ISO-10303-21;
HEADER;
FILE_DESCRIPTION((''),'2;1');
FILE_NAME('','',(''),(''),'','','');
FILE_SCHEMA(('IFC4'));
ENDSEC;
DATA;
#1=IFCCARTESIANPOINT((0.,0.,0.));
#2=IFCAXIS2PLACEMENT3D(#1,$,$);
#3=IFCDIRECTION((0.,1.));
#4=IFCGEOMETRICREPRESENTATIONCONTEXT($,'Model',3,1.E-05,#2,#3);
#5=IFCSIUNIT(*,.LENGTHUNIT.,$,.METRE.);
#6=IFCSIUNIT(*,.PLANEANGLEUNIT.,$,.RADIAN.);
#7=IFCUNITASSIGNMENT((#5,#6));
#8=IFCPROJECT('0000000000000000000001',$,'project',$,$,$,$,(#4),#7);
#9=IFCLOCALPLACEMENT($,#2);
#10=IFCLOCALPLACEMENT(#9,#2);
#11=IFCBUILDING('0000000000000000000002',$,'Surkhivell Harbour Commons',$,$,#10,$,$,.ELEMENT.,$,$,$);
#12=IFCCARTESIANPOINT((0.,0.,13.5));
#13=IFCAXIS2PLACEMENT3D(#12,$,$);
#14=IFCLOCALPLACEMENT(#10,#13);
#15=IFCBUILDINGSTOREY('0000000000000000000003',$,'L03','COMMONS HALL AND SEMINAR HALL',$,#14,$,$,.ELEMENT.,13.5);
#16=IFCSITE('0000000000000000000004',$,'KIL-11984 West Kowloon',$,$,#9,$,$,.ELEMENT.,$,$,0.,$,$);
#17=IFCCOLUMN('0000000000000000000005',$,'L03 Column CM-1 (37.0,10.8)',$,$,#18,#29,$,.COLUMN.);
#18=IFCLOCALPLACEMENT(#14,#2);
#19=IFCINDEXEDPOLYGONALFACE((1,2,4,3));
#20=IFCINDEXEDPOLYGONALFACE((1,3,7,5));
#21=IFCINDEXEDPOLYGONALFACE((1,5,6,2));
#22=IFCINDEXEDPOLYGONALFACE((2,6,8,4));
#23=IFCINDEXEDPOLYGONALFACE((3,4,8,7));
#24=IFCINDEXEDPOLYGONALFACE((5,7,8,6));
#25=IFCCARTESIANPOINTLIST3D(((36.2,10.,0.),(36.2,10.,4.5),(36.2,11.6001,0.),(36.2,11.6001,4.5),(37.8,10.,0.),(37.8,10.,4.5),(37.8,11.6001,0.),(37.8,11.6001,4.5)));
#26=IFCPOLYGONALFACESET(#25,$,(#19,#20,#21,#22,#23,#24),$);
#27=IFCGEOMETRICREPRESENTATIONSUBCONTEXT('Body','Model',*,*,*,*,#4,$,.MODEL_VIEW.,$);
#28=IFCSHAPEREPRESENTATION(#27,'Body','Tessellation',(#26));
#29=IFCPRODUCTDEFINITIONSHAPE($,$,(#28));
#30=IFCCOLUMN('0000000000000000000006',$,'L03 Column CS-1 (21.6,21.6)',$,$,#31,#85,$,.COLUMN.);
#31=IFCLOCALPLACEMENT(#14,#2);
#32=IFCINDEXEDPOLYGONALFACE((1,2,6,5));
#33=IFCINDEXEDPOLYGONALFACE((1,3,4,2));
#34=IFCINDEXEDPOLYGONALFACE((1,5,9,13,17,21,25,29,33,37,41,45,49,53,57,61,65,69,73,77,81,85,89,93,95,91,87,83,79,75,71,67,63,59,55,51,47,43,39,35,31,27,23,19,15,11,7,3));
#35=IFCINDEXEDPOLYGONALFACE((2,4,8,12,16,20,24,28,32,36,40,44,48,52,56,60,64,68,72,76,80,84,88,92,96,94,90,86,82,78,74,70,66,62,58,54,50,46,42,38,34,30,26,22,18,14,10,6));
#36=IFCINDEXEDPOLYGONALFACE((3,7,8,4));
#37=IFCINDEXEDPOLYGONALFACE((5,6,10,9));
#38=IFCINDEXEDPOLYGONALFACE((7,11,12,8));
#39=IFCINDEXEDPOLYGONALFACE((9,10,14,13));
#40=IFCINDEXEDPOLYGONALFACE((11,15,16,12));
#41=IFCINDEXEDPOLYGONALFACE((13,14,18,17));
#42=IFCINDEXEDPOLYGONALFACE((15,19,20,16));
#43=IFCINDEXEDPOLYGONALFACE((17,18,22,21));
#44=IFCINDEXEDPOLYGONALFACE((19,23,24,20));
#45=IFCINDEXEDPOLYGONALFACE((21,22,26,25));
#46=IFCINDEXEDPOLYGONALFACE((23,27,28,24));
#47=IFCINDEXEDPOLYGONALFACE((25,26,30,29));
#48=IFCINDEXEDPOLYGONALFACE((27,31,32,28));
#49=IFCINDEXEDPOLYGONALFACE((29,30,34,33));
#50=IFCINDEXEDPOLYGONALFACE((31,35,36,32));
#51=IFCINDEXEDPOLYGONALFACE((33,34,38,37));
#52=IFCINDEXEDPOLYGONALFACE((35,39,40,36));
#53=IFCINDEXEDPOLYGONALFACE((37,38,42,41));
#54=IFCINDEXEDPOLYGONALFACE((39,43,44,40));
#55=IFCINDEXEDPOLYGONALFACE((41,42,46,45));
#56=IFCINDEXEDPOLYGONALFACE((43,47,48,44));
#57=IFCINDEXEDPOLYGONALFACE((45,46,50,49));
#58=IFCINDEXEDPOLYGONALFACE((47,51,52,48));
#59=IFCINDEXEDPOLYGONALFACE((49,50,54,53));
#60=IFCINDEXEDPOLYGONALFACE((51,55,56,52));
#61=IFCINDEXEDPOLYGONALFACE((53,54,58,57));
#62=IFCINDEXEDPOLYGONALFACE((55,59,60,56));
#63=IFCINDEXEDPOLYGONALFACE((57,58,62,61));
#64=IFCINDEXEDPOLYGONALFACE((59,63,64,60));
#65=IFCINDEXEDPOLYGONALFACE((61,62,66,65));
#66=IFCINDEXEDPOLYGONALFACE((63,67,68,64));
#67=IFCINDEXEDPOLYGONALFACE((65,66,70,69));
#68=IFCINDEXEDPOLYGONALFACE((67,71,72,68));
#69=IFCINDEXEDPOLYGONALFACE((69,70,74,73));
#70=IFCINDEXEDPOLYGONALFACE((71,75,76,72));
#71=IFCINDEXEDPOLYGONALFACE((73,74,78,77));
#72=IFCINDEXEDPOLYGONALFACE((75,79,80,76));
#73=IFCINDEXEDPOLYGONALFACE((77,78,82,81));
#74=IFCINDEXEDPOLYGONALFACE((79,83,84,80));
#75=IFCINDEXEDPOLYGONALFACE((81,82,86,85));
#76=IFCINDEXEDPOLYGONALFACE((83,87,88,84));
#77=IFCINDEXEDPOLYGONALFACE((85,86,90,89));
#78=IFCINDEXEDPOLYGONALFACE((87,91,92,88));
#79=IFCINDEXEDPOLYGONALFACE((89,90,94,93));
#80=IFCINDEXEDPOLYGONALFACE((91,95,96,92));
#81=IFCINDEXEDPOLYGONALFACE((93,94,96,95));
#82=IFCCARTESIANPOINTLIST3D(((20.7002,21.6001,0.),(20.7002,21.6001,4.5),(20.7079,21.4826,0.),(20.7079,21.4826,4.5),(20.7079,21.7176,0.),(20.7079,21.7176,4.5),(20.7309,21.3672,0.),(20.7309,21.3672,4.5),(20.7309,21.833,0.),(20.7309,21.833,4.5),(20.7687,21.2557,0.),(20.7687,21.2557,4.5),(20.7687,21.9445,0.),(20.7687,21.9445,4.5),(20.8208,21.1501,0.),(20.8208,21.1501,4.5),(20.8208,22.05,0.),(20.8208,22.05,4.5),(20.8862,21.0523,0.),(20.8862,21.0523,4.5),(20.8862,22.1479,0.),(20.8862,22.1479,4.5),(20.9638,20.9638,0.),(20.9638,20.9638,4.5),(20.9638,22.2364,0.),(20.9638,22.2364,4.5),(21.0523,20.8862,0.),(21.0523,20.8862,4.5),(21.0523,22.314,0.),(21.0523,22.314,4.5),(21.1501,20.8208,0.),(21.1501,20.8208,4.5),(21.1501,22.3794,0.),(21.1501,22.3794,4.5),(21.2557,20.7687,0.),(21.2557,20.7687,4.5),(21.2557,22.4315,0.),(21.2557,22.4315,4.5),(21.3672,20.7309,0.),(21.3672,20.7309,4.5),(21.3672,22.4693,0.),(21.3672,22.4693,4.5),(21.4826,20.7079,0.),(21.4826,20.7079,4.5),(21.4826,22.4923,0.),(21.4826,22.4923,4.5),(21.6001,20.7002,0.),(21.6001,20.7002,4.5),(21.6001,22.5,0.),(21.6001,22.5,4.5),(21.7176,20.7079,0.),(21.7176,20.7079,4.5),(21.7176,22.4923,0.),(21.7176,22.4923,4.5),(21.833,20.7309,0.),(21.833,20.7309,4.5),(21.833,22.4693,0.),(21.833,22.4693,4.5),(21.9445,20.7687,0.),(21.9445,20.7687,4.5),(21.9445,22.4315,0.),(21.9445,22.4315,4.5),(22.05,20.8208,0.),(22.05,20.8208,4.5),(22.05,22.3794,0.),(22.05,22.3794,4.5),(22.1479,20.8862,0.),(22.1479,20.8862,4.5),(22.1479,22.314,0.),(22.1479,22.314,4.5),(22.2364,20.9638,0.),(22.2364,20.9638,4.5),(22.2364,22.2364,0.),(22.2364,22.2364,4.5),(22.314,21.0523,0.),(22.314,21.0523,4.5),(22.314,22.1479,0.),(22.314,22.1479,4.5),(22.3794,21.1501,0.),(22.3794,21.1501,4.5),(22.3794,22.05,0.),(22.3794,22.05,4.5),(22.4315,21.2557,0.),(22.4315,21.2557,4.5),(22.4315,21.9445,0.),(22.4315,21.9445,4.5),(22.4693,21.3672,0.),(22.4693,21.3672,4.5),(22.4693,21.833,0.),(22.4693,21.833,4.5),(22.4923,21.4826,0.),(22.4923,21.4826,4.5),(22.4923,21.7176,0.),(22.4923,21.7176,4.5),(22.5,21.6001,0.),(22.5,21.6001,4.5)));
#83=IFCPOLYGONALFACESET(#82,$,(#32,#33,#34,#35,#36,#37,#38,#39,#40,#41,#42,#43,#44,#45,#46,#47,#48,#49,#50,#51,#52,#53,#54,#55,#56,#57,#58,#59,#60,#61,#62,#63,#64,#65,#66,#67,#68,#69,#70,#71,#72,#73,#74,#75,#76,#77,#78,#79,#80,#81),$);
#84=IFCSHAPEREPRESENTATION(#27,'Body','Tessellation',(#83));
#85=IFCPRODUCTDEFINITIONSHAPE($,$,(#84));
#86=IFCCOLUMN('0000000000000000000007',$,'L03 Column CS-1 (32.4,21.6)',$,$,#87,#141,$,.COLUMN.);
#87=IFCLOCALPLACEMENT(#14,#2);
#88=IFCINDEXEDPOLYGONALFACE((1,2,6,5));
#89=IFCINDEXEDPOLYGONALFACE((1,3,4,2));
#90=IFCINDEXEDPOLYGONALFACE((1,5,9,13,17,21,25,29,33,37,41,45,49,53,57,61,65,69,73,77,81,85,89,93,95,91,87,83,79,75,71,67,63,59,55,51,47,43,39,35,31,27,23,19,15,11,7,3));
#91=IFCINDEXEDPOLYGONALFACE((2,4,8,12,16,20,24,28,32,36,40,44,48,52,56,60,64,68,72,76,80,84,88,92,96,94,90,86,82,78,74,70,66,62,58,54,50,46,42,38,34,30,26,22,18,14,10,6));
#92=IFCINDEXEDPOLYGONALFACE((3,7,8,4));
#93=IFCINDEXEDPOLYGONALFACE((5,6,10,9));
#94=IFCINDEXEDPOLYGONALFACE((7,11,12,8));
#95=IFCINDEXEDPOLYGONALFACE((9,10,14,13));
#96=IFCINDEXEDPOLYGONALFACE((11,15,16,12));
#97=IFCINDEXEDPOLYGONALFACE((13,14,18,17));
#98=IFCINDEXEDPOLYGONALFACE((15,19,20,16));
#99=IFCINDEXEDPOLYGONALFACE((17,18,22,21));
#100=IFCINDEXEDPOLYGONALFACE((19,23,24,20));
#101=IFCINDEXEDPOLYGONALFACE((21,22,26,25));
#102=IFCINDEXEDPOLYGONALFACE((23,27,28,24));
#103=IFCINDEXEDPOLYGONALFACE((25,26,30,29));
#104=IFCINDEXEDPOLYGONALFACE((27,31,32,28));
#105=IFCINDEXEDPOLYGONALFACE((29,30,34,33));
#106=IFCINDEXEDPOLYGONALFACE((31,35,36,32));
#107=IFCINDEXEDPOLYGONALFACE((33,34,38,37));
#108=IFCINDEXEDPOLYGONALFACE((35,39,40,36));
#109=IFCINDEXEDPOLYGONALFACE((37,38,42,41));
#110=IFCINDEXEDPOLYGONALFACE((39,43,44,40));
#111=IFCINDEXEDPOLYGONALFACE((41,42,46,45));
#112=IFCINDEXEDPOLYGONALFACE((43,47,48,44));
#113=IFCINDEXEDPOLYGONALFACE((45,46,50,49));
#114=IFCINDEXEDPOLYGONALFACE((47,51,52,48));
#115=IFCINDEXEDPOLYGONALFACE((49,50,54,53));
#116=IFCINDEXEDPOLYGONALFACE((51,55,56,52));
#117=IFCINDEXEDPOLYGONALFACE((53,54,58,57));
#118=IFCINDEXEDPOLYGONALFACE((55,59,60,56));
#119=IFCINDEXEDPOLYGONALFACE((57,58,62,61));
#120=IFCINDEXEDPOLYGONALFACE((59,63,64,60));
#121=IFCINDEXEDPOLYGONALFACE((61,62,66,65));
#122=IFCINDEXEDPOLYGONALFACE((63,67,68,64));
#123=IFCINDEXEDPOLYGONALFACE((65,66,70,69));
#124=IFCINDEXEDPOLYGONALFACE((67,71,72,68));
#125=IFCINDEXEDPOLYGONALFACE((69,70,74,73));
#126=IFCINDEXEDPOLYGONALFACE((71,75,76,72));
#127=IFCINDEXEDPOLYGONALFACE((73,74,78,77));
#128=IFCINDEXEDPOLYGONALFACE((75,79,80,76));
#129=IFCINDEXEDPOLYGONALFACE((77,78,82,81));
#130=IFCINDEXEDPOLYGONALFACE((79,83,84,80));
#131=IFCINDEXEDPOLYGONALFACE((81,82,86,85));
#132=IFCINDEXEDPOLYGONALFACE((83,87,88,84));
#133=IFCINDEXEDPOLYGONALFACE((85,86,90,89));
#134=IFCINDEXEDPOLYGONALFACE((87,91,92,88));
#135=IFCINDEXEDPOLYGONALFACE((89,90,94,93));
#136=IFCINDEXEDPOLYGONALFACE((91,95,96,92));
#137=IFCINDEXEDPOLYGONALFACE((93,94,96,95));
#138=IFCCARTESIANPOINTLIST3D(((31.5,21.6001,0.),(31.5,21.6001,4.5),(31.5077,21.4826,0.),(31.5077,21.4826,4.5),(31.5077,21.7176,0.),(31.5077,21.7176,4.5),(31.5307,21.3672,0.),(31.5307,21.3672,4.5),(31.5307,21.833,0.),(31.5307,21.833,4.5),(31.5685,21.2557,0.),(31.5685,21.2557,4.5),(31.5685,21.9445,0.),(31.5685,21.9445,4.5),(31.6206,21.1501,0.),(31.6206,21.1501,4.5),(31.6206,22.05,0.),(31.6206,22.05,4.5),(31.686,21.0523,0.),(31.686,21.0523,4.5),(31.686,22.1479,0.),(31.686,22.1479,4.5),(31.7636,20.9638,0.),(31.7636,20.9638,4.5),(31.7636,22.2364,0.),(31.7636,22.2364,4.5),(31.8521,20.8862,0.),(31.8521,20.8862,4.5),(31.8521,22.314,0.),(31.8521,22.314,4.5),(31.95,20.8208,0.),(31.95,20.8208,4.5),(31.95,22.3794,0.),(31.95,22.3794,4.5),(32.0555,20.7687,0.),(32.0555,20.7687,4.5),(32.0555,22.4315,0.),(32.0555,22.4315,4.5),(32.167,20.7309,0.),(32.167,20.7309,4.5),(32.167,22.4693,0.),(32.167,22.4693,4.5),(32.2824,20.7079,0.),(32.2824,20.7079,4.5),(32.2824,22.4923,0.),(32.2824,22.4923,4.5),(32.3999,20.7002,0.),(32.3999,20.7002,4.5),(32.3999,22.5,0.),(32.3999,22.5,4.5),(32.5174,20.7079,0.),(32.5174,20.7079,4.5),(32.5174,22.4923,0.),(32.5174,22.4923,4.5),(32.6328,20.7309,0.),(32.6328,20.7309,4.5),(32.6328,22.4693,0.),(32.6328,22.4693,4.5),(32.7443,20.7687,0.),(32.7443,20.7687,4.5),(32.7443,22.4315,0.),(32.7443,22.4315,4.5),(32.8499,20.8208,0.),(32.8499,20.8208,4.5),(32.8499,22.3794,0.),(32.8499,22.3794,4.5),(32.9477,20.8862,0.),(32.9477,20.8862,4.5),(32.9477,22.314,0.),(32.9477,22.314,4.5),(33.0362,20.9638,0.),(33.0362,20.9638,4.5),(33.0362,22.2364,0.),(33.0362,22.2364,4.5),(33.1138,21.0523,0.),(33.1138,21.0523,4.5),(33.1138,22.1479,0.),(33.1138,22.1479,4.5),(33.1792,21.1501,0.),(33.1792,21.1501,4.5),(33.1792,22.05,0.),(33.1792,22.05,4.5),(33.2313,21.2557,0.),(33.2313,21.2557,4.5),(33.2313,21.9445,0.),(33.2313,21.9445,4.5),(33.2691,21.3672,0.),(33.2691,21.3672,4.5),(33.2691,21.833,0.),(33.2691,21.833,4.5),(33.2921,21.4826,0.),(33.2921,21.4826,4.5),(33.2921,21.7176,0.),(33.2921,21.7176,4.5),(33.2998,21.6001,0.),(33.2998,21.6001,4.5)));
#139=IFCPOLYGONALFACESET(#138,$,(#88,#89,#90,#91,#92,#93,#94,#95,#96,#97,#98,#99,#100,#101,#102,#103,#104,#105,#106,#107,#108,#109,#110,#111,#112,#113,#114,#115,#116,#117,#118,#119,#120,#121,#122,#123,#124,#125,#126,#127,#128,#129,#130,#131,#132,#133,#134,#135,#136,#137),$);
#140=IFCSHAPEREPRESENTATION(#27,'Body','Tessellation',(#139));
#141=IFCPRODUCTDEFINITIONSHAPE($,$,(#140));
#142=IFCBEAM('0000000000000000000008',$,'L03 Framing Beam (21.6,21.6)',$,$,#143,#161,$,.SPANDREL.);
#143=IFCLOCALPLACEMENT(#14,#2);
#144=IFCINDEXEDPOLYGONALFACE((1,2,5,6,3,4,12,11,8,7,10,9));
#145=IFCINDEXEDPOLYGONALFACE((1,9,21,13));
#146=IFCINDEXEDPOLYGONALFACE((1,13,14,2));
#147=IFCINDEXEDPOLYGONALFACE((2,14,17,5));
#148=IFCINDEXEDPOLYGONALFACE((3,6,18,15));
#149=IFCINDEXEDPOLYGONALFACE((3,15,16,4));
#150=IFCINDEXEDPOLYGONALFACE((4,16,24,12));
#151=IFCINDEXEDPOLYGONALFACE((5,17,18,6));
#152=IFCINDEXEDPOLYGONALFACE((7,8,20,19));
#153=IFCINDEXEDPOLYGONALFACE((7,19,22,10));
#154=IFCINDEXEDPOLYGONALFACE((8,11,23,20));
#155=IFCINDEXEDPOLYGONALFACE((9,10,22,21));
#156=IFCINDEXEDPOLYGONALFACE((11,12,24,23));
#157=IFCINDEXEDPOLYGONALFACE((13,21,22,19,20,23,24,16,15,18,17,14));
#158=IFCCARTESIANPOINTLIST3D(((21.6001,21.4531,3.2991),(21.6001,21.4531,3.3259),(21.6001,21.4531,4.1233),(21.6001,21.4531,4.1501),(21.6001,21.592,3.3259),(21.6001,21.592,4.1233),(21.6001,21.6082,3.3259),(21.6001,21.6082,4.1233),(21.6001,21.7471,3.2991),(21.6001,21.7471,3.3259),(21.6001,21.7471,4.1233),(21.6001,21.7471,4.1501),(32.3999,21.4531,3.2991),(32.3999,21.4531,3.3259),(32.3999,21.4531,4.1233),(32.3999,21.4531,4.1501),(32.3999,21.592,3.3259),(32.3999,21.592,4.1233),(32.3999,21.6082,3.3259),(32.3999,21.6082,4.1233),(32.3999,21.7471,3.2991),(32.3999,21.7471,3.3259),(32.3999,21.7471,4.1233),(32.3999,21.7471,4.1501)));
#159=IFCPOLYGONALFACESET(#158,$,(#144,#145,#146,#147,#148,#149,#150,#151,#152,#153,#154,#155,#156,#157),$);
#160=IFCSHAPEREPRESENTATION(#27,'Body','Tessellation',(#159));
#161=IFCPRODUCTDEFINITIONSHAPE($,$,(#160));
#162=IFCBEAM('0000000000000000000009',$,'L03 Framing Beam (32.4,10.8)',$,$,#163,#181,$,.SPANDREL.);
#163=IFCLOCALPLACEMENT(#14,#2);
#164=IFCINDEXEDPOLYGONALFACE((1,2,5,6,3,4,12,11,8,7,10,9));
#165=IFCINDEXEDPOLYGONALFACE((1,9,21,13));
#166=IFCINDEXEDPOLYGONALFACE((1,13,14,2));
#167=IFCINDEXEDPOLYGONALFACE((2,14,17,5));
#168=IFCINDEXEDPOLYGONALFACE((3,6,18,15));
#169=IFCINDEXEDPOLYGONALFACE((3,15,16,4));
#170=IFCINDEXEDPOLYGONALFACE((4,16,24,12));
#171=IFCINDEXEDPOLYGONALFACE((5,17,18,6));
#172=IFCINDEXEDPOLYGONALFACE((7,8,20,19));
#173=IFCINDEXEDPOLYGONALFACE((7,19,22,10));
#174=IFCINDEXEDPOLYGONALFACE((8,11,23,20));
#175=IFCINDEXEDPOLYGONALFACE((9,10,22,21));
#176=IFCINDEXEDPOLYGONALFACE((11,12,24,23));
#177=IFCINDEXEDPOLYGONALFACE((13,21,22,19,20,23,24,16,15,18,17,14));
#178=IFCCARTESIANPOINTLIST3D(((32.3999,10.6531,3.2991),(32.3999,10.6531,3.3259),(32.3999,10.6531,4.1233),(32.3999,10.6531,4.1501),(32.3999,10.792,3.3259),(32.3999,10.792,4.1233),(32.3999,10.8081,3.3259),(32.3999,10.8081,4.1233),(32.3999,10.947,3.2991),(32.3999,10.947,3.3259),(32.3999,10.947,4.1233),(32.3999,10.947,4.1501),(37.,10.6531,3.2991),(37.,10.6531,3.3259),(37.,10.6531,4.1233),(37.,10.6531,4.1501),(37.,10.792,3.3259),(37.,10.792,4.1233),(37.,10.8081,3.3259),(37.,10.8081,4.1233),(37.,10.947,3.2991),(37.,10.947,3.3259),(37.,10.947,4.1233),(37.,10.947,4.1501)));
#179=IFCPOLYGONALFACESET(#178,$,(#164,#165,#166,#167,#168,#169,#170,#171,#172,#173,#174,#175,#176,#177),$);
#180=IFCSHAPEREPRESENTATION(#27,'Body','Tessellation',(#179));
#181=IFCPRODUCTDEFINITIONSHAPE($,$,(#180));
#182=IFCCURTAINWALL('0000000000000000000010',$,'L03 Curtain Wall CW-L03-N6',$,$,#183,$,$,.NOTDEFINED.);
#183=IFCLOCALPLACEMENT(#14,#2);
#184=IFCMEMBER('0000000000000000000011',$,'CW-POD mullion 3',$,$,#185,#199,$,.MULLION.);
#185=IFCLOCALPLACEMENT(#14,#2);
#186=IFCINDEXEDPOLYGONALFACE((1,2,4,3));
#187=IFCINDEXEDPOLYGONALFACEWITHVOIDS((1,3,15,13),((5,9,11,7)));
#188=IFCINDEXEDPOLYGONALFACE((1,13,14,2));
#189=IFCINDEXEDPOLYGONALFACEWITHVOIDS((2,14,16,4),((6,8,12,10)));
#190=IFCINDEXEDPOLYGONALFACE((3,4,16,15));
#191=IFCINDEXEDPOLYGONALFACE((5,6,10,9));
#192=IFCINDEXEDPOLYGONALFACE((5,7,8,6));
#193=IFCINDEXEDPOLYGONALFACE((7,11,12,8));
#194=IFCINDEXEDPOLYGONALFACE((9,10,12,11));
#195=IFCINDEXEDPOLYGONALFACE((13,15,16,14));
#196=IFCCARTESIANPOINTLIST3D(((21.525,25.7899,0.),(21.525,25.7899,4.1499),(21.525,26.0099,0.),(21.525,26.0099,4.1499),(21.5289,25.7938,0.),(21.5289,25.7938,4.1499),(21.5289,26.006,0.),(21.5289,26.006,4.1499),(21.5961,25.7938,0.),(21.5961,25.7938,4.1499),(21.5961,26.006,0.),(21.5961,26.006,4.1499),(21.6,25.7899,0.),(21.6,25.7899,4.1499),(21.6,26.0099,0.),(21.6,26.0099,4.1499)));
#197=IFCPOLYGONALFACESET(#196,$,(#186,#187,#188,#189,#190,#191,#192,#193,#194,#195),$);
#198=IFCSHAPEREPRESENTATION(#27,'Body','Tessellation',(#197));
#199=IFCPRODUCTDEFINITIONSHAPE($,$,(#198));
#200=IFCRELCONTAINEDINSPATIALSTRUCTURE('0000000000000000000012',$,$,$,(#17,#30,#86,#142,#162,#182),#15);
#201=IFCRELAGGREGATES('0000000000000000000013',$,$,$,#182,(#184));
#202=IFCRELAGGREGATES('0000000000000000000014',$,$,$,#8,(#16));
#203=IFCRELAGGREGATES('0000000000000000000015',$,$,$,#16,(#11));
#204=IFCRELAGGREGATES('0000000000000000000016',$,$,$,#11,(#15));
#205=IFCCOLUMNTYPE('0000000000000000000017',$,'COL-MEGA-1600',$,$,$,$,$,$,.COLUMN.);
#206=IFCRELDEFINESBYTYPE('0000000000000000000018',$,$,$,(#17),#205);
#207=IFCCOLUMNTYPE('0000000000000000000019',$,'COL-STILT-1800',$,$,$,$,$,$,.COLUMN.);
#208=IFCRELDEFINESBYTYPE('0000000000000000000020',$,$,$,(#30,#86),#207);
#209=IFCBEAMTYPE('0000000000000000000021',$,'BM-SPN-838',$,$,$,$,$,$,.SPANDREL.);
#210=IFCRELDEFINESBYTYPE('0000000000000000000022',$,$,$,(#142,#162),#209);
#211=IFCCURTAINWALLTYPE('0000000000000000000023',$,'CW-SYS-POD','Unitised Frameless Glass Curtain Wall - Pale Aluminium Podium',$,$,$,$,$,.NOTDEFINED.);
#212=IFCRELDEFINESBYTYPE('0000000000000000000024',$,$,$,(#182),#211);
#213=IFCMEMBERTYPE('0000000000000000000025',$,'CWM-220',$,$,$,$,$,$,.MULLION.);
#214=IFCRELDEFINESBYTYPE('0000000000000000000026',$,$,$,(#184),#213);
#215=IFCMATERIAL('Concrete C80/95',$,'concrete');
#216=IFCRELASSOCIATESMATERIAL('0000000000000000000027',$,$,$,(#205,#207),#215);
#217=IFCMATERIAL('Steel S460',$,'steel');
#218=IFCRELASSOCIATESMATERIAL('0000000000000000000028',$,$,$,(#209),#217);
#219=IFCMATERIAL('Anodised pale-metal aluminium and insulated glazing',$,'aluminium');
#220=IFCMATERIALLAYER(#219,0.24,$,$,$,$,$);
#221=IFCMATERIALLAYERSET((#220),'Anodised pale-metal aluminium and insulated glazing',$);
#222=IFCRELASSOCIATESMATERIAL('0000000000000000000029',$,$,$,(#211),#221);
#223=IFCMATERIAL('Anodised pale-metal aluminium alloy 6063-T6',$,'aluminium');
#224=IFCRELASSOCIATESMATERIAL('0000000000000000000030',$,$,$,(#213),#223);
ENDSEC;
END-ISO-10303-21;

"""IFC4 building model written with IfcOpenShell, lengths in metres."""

from ifc_helpers import new_model, si_unit, direction, frame, origin, origin_2d, place, context, subcontext, project, spatial, rectangle, hollow_rectangle, circle, i_section, extrude, material, layer, layer_set, material_profile, profile_set, type_object, element, aggregate, save


model = new_model("IFC4")

# Units and contexts
model_context = context("Model", 3, precision=1e-05, world=origin(), true_north=direction((0.0, 1.0)))
body_context = subcontext(model_context, "Body", "Model", "MODEL_VIEW")
ifc_project = project(units=[si_unit("LENGTHUNIT", "METRE"), si_unit("PLANEANGLEUNIT", "RADIAN")], contexts=[model_context])

# Site, building, storey
site_placement = place(None, origin())
site = spatial("IfcSite", under=ifc_project, at=site_placement, Name="KIL-11984 West Kowloon", CompositionType="ELEMENT", RefElevation=0.0)
building_placement = place(site_placement, origin())
building = spatial("IfcBuilding", under=site, at=building_placement, Name="Surkhivell Harbour Commons", CompositionType="ELEMENT")
storey_placement = place(building_placement, frame((0.0, 0.0, 13.5)))
storey = spatial("IfcBuildingStorey", under=building, at=storey_placement, Name="L03", Description="COMMONS HALL AND SEMINAR HALL", CompositionType="ELEMENT", Elevation=13.5)

# Columns
ifc_material_1 = material(Name="Concrete C80/95", Category="concrete")
ifc_material_profile_1 = material_profile(ifc_material_1, rectangle(XDim=1.6001, YDim=1.6001, at=origin_2d()), Name="RC-COL-1600x1600")
ifc_profile_set_1 = profile_set([ifc_material_profile_1], Name="Concrete C80/95")
column_type_1 = type_object("IfcColumnType", Name="COL-MEGA-1600", PredefinedType="COLUMN", material=ifc_profile_set_1)
column_placement = place(storey_placement, frame((37.0, 10.8, 0.0), z_axis=(0.0, 0.0, 1.0), x_axis=(1.0, 0.0, 0.0)))
element("IfcColumn", 1, at=column_placement, inside=storey, type_object=column_type_1, Name="L03 Column CM-1 (37.0,10.8)", PredefinedType="COLUMN", context=body_context, shape_type="SweptSolid", body=[
    extrude(rectangle(XDim=1.6001, YDim=1.6001, at=origin_2d()), origin(), (0.0, 0.0, 1.0), 4.5),
])
ifc_material_profile_2 = material_profile(ifc_material_1, circle(Radius=0.8999, at=origin_2d()), Name="RC-CIRC-1800")
ifc_profile_set_2 = profile_set([ifc_material_profile_2], Name="Concrete C80/95")
column_type_2 = type_object("IfcColumnType", Name="COL-STILT-1800", PredefinedType="COLUMN", material=ifc_profile_set_2)
for number, where, z_axis, x_axis, name in (
    (2, (21.6001, 21.6001, 0.0), (0.0, 0.0, 1.0), (1.0, 0.0, 0.0), "L03 Column CS-1 (21.6,21.6)"),
    (3, (32.3999, 21.6001, 0.0), (0.0, 0.0, 1.0), (1.0, 0.0, 0.0), "L03 Column CS-1 (32.4,21.6)"),
):
    element("IfcColumn", number, at=place(storey_placement, frame(where, z_axis=z_axis, x_axis=x_axis)), inside=storey, type_object=column_type_2, Name=name, PredefinedType="COLUMN", context=body_context, shape_type="SweptSolid", body=[
        extrude(circle(Radius=0.8999, at=origin_2d()), origin(), (0.0, 0.0, 1.0), 4.5),
    ])

# Beams
ifc_material_2 = material(Name="Steel S460", Category="steel")
ifc_material_profile_3 = material_profile(ifc_material_2, i_section(OverallWidth=0.2939, OverallDepth=0.8511, WebThickness=0.0161, FlangeThickness=0.0269, at=origin_2d()), Name="UB838x292x226")
ifc_profile_set_3 = profile_set([ifc_material_profile_3], Name="Steel S460")
beam_type = type_object("IfcBeamType", Name="BM-SPN-838", PredefinedType="SPANDREL", material=ifc_profile_set_3)
beam_1_placement = place(storey_placement, frame((21.6001, 21.6001, 3.7246), z_axis=(1.0, 0.0, 0.0), x_axis=(0.0, 1.0, 0.0)))
element("IfcBeam", 4, at=beam_1_placement, inside=storey, type_object=beam_type, Name="L03 Framing Beam (21.6,21.6)", PredefinedType="SPANDREL", context=body_context, shape_type="SweptSolid", body=[
    extrude(i_section(OverallWidth=0.2939, OverallDepth=0.8511, WebThickness=0.0161, FlangeThickness=0.0269, at=origin_2d()), origin(), (0.0, 0.0, 1.0), 10.7998),
])
beam_2_placement = place(storey_placement, frame((32.3999, 10.8, 3.7246), z_axis=(1.0, 0.0, 0.0), x_axis=(0.0, 1.0, 0.0)))
element("IfcBeam", 5, at=beam_2_placement, inside=storey, type_object=beam_type, Name="L03 Framing Beam (32.4,10.8)", PredefinedType="SPANDREL", context=body_context, shape_type="SweptSolid", body=[
    extrude(i_section(OverallWidth=0.2939, OverallDepth=0.8511, WebThickness=0.0161, FlangeThickness=0.0269, at=origin_2d()), origin(), (0.0, 0.0, 1.0), 4.6001),
])

# Curtain wall, member
ifc_material_3 = material(Name="Anodised pale-metal aluminium and insulated glazing", Category="aluminium")
ifc_layer_1 = layer(ifc_material_3, 0.24)
ifc_layer_set_1 = layer_set([ifc_layer_1], Name="Anodised pale-metal aluminium and insulated glazing")
curtain_wall_type = type_object("IfcCurtainWallType", Name="CW-SYS-POD", Description="Unitised Frameless Glass Curtain Wall - Pale Aluminium Podium", PredefinedType="NOTDEFINED", material=ifc_layer_set_1)
curtain_wall_1_placement = place(storey_placement, origin())
curtain_wall_1 = element("IfcCurtainWall", 6, at=curtain_wall_1_placement, inside=storey, type_object=curtain_wall_type, Name="L03 Curtain Wall CW-L03-N6", PredefinedType="NOTDEFINED")
ifc_material_4 = material(Name="Anodised pale-metal aluminium alloy 6063-T6", Category="aluminium")
ifc_material_profile_4 = material_profile(ifc_material_4, hollow_rectangle(XDim=0.075, YDim=0.22, WallThickness=0.0039, at=origin_2d()), Name="ALU-MULL-75x220")
ifc_profile_set_4 = profile_set([ifc_material_profile_4], Name="Anodised pale-metal aluminium alloy 6063-T6")
member_type_1 = type_object("IfcMemberType", Name="CWM-220", PredefinedType="MULLION", material=ifc_profile_set_4)
member_1_placement = place(storey_placement, frame((21.5625, 25.8999, 0.0), z_axis=(0.0, 0.0, 1.0), x_axis=(1.0, 0.0, 0.0)))
member_1 = element("IfcMember", 7, at=member_1_placement, type_object=member_type_1, Name="CW-POD mullion 3", PredefinedType="MULLION", context=body_context, shape_type="SweptSolid", body=[
    extrude(hollow_rectangle(XDim=0.075, YDim=0.22, WallThickness=0.0039, at=origin_2d()), origin(), (0.0, 0.0, 1.0), 4.1499),
])
aggregate(curtain_wall_1, [member_1])

save(model, "model.ifc")
